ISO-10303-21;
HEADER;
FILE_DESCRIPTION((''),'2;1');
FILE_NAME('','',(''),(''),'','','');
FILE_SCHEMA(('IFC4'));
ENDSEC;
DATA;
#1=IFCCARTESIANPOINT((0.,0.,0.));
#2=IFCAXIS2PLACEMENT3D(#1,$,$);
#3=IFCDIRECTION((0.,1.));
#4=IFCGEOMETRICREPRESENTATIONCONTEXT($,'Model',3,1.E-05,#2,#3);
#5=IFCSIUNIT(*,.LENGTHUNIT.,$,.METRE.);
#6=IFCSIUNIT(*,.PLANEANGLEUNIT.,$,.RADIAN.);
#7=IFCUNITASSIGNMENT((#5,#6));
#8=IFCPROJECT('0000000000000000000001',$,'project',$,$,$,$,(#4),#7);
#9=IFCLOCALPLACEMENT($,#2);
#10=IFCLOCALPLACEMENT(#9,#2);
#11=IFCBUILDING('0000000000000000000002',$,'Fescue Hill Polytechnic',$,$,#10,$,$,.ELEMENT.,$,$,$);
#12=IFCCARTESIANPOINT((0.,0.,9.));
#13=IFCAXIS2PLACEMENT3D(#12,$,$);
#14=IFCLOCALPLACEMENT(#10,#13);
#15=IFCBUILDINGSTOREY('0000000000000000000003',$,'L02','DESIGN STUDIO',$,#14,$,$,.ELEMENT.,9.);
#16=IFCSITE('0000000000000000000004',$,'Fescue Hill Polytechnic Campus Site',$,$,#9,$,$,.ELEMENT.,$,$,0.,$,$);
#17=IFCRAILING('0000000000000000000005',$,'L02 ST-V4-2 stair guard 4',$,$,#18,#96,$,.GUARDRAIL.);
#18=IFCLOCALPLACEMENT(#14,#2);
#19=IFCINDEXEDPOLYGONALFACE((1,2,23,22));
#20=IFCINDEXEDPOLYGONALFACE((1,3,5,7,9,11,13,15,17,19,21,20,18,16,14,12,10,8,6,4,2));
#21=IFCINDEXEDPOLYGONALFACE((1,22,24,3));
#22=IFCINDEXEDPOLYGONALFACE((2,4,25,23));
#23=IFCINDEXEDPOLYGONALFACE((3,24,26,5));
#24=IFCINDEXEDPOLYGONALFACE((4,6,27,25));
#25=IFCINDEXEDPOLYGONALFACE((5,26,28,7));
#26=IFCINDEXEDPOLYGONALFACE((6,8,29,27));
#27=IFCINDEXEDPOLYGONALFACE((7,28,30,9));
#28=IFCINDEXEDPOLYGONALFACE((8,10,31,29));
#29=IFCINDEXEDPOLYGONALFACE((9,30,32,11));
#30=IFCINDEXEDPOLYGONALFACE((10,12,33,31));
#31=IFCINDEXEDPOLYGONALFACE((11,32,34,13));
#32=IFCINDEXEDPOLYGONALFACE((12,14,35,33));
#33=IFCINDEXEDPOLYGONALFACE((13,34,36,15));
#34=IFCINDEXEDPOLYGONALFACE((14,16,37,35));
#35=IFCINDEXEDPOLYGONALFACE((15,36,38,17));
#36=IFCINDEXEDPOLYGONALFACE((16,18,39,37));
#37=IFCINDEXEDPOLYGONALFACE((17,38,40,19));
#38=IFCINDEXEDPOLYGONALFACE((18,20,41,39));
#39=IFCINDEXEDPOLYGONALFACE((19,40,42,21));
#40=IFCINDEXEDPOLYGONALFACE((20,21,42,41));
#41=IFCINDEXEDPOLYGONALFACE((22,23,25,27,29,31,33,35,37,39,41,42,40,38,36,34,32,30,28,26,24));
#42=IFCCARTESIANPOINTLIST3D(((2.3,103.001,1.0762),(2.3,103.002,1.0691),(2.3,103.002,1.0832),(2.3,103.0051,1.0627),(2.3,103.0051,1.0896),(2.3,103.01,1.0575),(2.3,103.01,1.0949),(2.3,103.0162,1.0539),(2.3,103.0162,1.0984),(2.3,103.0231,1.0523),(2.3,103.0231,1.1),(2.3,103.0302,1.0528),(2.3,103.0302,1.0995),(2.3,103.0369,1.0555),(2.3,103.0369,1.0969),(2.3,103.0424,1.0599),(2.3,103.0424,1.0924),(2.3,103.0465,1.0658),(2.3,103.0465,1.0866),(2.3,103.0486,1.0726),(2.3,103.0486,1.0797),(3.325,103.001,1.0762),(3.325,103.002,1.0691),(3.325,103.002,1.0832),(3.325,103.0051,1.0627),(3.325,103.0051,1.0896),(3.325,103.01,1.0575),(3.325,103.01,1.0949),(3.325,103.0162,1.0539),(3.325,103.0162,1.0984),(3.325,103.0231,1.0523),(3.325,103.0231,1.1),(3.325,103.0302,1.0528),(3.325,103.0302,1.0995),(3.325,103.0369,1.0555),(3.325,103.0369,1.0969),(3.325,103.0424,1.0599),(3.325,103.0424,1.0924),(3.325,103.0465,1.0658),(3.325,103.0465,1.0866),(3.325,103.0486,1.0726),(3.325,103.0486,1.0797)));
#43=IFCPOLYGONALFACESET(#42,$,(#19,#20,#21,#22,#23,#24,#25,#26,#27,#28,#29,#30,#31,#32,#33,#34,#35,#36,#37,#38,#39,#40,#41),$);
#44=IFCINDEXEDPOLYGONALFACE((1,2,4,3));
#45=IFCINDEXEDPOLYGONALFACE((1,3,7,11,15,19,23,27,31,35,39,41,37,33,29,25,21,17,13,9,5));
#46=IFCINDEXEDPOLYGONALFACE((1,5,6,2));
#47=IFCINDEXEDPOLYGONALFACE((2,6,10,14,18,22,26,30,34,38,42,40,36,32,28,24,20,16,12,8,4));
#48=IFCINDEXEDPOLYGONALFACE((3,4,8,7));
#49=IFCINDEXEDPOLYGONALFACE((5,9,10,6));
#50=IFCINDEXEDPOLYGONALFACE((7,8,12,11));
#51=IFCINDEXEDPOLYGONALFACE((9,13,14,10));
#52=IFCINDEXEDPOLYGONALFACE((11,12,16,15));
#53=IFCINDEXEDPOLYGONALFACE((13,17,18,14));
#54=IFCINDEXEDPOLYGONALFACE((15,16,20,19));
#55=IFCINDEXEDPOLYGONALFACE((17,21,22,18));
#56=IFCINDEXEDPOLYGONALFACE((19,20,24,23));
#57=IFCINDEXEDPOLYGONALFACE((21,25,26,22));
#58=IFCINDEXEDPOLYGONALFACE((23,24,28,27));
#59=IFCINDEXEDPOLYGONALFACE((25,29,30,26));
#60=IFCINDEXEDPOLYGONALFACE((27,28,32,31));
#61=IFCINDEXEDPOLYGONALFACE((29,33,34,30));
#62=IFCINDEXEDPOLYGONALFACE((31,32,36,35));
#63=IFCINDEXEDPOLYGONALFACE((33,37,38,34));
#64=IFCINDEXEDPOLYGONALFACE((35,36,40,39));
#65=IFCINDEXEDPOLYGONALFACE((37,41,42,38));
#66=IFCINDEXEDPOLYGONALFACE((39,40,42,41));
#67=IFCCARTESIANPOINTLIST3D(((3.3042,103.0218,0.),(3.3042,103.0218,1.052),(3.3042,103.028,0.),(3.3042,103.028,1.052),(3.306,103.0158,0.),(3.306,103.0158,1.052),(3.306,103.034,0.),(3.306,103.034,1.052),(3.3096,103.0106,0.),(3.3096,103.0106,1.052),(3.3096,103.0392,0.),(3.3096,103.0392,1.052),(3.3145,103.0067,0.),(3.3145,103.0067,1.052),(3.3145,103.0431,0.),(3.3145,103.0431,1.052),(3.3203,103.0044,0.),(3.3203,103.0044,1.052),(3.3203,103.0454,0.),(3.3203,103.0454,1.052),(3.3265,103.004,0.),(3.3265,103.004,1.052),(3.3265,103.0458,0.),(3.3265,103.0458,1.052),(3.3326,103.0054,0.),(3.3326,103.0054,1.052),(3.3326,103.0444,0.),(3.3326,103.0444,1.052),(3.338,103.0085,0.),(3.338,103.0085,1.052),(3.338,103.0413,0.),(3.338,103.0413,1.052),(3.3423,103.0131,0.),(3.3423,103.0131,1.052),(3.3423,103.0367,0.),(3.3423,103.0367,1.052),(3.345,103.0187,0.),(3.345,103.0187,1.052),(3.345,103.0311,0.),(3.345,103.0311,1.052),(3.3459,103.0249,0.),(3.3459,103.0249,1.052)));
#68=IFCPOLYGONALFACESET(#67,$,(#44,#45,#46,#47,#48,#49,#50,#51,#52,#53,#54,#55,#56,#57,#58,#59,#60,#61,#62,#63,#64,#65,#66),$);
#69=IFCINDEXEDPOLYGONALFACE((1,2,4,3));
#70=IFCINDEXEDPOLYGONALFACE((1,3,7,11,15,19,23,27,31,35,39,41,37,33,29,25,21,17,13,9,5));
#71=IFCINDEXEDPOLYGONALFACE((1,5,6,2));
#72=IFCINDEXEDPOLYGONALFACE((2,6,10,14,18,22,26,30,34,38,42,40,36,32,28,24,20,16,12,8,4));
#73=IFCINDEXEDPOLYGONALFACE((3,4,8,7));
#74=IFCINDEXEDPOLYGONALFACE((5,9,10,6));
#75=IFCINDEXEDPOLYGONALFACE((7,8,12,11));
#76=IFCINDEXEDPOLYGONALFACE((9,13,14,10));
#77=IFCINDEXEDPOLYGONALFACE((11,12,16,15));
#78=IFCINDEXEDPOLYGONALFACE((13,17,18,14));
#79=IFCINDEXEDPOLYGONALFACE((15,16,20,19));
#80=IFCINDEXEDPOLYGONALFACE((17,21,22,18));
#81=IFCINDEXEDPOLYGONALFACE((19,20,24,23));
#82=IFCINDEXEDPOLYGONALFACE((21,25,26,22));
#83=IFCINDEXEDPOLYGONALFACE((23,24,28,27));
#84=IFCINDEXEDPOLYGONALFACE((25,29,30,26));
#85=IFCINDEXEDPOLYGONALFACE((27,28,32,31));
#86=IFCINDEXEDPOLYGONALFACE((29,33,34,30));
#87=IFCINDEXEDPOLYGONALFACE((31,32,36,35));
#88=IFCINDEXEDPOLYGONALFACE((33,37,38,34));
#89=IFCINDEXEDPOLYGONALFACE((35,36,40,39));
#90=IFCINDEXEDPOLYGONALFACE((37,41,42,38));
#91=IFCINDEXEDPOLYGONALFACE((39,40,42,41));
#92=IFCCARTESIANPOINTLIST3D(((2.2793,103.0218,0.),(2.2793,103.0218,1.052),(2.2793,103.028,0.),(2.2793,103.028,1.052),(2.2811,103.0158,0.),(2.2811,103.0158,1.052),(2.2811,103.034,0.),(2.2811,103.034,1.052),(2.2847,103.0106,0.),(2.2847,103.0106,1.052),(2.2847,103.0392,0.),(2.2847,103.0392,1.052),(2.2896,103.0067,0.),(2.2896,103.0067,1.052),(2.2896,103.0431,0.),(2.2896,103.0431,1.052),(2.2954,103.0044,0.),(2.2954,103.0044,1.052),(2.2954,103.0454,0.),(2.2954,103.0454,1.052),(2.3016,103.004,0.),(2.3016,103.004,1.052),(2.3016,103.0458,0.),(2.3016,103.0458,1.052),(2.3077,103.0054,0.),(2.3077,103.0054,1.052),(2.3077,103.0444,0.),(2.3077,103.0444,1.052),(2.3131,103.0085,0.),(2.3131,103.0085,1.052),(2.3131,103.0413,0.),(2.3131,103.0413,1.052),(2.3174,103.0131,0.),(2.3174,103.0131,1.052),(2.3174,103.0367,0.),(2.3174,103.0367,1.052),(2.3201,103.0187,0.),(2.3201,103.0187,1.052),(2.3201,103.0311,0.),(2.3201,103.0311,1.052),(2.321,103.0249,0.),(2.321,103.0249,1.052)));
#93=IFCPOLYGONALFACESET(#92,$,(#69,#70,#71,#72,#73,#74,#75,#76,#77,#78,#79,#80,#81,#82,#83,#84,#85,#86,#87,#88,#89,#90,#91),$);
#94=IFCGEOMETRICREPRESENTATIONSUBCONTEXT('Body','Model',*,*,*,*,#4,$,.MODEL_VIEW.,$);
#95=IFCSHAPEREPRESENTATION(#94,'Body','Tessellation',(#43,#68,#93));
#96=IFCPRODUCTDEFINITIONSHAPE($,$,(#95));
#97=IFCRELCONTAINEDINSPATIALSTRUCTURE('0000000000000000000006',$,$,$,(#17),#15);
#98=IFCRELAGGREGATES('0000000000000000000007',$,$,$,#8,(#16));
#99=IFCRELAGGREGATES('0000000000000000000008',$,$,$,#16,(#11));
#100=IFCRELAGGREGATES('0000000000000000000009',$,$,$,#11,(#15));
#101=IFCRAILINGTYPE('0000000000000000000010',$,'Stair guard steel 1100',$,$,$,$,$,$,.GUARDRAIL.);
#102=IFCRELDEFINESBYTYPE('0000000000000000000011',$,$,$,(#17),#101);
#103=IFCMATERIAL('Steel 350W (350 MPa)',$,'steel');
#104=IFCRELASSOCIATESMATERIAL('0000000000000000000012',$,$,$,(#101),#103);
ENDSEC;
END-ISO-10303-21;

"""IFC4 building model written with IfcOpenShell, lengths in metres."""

from ifc_helpers import new_model, si_unit, direction, frame, origin, origin_2d, place, context, subcontext, project, spatial, circle, extrude, material, type_object, element, save


model = new_model("IFC4")

# Units and contexts
model_context = context("Model", 3, precision=1e-05, world=origin(), true_north=direction((0.0, 1.0)))
body_context = subcontext(model_context, "Body", "Model", "MODEL_VIEW")
ifc_project = project(units=[si_unit("LENGTHUNIT", "METRE"), si_unit("PLANEANGLEUNIT", "RADIAN")], contexts=[model_context])

# Site, building, storey
site_placement = place(None, origin())
site = spatial("IfcSite", under=ifc_project, at=site_placement, Name="Fescue Hill Polytechnic Campus Site", CompositionType="ELEMENT", RefElevation=0.0)
building_placement = place(site_placement, origin())
building = spatial("IfcBuilding", under=site, at=building_placement, Name="Fescue Hill Polytechnic", CompositionType="ELEMENT")
storey_placement = place(building_placement, frame((0.0, 0.0, 9.0)))
storey = spatial("IfcBuildingStorey", under=building, at=storey_placement, Name="L02", Description="DESIGN STUDIO", CompositionType="ELEMENT", Elevation=9.0)

# Railing
ifc_material_1 = material(Name="Steel 350W (350 MPa)", Category="steel")
railing_type_1 = type_object("IfcRailingType", Name="Stair guard steel 1100", PredefinedType="GUARDRAIL", material=ifc_material_1)
railing_1_placement = place(storey_placement, frame((3.325, 103.0249, 0.0)))
element("IfcRailing", 1, at=railing_1_placement, inside=storey, type_object=railing_type_1, Name="L02 ST-V4-2 stair guard 4", PredefinedType="GUARDRAIL", context=body_context, shape_type="SweptSolid", body=[
    extrude(circle(Radius=0.0239, at=origin_2d()), frame((0.0, 0.0, 1.0762), z_axis=(-1.0, 0.0, 0.0), x_axis=(0.0, -1.0, 0.0)), (0.0, 0.0, 1.0), 1.0249),
    extrude(circle(Radius=0.021, at=origin_2d()), origin(), (0.0, 0.0, 1.0), 1.052),
    extrude(circle(Radius=0.021, at=origin_2d()), frame((-1.0249, 0.0, 0.0)), (0.0, 0.0, 1.0), 1.052),
])

save(model, "model.ifc")
